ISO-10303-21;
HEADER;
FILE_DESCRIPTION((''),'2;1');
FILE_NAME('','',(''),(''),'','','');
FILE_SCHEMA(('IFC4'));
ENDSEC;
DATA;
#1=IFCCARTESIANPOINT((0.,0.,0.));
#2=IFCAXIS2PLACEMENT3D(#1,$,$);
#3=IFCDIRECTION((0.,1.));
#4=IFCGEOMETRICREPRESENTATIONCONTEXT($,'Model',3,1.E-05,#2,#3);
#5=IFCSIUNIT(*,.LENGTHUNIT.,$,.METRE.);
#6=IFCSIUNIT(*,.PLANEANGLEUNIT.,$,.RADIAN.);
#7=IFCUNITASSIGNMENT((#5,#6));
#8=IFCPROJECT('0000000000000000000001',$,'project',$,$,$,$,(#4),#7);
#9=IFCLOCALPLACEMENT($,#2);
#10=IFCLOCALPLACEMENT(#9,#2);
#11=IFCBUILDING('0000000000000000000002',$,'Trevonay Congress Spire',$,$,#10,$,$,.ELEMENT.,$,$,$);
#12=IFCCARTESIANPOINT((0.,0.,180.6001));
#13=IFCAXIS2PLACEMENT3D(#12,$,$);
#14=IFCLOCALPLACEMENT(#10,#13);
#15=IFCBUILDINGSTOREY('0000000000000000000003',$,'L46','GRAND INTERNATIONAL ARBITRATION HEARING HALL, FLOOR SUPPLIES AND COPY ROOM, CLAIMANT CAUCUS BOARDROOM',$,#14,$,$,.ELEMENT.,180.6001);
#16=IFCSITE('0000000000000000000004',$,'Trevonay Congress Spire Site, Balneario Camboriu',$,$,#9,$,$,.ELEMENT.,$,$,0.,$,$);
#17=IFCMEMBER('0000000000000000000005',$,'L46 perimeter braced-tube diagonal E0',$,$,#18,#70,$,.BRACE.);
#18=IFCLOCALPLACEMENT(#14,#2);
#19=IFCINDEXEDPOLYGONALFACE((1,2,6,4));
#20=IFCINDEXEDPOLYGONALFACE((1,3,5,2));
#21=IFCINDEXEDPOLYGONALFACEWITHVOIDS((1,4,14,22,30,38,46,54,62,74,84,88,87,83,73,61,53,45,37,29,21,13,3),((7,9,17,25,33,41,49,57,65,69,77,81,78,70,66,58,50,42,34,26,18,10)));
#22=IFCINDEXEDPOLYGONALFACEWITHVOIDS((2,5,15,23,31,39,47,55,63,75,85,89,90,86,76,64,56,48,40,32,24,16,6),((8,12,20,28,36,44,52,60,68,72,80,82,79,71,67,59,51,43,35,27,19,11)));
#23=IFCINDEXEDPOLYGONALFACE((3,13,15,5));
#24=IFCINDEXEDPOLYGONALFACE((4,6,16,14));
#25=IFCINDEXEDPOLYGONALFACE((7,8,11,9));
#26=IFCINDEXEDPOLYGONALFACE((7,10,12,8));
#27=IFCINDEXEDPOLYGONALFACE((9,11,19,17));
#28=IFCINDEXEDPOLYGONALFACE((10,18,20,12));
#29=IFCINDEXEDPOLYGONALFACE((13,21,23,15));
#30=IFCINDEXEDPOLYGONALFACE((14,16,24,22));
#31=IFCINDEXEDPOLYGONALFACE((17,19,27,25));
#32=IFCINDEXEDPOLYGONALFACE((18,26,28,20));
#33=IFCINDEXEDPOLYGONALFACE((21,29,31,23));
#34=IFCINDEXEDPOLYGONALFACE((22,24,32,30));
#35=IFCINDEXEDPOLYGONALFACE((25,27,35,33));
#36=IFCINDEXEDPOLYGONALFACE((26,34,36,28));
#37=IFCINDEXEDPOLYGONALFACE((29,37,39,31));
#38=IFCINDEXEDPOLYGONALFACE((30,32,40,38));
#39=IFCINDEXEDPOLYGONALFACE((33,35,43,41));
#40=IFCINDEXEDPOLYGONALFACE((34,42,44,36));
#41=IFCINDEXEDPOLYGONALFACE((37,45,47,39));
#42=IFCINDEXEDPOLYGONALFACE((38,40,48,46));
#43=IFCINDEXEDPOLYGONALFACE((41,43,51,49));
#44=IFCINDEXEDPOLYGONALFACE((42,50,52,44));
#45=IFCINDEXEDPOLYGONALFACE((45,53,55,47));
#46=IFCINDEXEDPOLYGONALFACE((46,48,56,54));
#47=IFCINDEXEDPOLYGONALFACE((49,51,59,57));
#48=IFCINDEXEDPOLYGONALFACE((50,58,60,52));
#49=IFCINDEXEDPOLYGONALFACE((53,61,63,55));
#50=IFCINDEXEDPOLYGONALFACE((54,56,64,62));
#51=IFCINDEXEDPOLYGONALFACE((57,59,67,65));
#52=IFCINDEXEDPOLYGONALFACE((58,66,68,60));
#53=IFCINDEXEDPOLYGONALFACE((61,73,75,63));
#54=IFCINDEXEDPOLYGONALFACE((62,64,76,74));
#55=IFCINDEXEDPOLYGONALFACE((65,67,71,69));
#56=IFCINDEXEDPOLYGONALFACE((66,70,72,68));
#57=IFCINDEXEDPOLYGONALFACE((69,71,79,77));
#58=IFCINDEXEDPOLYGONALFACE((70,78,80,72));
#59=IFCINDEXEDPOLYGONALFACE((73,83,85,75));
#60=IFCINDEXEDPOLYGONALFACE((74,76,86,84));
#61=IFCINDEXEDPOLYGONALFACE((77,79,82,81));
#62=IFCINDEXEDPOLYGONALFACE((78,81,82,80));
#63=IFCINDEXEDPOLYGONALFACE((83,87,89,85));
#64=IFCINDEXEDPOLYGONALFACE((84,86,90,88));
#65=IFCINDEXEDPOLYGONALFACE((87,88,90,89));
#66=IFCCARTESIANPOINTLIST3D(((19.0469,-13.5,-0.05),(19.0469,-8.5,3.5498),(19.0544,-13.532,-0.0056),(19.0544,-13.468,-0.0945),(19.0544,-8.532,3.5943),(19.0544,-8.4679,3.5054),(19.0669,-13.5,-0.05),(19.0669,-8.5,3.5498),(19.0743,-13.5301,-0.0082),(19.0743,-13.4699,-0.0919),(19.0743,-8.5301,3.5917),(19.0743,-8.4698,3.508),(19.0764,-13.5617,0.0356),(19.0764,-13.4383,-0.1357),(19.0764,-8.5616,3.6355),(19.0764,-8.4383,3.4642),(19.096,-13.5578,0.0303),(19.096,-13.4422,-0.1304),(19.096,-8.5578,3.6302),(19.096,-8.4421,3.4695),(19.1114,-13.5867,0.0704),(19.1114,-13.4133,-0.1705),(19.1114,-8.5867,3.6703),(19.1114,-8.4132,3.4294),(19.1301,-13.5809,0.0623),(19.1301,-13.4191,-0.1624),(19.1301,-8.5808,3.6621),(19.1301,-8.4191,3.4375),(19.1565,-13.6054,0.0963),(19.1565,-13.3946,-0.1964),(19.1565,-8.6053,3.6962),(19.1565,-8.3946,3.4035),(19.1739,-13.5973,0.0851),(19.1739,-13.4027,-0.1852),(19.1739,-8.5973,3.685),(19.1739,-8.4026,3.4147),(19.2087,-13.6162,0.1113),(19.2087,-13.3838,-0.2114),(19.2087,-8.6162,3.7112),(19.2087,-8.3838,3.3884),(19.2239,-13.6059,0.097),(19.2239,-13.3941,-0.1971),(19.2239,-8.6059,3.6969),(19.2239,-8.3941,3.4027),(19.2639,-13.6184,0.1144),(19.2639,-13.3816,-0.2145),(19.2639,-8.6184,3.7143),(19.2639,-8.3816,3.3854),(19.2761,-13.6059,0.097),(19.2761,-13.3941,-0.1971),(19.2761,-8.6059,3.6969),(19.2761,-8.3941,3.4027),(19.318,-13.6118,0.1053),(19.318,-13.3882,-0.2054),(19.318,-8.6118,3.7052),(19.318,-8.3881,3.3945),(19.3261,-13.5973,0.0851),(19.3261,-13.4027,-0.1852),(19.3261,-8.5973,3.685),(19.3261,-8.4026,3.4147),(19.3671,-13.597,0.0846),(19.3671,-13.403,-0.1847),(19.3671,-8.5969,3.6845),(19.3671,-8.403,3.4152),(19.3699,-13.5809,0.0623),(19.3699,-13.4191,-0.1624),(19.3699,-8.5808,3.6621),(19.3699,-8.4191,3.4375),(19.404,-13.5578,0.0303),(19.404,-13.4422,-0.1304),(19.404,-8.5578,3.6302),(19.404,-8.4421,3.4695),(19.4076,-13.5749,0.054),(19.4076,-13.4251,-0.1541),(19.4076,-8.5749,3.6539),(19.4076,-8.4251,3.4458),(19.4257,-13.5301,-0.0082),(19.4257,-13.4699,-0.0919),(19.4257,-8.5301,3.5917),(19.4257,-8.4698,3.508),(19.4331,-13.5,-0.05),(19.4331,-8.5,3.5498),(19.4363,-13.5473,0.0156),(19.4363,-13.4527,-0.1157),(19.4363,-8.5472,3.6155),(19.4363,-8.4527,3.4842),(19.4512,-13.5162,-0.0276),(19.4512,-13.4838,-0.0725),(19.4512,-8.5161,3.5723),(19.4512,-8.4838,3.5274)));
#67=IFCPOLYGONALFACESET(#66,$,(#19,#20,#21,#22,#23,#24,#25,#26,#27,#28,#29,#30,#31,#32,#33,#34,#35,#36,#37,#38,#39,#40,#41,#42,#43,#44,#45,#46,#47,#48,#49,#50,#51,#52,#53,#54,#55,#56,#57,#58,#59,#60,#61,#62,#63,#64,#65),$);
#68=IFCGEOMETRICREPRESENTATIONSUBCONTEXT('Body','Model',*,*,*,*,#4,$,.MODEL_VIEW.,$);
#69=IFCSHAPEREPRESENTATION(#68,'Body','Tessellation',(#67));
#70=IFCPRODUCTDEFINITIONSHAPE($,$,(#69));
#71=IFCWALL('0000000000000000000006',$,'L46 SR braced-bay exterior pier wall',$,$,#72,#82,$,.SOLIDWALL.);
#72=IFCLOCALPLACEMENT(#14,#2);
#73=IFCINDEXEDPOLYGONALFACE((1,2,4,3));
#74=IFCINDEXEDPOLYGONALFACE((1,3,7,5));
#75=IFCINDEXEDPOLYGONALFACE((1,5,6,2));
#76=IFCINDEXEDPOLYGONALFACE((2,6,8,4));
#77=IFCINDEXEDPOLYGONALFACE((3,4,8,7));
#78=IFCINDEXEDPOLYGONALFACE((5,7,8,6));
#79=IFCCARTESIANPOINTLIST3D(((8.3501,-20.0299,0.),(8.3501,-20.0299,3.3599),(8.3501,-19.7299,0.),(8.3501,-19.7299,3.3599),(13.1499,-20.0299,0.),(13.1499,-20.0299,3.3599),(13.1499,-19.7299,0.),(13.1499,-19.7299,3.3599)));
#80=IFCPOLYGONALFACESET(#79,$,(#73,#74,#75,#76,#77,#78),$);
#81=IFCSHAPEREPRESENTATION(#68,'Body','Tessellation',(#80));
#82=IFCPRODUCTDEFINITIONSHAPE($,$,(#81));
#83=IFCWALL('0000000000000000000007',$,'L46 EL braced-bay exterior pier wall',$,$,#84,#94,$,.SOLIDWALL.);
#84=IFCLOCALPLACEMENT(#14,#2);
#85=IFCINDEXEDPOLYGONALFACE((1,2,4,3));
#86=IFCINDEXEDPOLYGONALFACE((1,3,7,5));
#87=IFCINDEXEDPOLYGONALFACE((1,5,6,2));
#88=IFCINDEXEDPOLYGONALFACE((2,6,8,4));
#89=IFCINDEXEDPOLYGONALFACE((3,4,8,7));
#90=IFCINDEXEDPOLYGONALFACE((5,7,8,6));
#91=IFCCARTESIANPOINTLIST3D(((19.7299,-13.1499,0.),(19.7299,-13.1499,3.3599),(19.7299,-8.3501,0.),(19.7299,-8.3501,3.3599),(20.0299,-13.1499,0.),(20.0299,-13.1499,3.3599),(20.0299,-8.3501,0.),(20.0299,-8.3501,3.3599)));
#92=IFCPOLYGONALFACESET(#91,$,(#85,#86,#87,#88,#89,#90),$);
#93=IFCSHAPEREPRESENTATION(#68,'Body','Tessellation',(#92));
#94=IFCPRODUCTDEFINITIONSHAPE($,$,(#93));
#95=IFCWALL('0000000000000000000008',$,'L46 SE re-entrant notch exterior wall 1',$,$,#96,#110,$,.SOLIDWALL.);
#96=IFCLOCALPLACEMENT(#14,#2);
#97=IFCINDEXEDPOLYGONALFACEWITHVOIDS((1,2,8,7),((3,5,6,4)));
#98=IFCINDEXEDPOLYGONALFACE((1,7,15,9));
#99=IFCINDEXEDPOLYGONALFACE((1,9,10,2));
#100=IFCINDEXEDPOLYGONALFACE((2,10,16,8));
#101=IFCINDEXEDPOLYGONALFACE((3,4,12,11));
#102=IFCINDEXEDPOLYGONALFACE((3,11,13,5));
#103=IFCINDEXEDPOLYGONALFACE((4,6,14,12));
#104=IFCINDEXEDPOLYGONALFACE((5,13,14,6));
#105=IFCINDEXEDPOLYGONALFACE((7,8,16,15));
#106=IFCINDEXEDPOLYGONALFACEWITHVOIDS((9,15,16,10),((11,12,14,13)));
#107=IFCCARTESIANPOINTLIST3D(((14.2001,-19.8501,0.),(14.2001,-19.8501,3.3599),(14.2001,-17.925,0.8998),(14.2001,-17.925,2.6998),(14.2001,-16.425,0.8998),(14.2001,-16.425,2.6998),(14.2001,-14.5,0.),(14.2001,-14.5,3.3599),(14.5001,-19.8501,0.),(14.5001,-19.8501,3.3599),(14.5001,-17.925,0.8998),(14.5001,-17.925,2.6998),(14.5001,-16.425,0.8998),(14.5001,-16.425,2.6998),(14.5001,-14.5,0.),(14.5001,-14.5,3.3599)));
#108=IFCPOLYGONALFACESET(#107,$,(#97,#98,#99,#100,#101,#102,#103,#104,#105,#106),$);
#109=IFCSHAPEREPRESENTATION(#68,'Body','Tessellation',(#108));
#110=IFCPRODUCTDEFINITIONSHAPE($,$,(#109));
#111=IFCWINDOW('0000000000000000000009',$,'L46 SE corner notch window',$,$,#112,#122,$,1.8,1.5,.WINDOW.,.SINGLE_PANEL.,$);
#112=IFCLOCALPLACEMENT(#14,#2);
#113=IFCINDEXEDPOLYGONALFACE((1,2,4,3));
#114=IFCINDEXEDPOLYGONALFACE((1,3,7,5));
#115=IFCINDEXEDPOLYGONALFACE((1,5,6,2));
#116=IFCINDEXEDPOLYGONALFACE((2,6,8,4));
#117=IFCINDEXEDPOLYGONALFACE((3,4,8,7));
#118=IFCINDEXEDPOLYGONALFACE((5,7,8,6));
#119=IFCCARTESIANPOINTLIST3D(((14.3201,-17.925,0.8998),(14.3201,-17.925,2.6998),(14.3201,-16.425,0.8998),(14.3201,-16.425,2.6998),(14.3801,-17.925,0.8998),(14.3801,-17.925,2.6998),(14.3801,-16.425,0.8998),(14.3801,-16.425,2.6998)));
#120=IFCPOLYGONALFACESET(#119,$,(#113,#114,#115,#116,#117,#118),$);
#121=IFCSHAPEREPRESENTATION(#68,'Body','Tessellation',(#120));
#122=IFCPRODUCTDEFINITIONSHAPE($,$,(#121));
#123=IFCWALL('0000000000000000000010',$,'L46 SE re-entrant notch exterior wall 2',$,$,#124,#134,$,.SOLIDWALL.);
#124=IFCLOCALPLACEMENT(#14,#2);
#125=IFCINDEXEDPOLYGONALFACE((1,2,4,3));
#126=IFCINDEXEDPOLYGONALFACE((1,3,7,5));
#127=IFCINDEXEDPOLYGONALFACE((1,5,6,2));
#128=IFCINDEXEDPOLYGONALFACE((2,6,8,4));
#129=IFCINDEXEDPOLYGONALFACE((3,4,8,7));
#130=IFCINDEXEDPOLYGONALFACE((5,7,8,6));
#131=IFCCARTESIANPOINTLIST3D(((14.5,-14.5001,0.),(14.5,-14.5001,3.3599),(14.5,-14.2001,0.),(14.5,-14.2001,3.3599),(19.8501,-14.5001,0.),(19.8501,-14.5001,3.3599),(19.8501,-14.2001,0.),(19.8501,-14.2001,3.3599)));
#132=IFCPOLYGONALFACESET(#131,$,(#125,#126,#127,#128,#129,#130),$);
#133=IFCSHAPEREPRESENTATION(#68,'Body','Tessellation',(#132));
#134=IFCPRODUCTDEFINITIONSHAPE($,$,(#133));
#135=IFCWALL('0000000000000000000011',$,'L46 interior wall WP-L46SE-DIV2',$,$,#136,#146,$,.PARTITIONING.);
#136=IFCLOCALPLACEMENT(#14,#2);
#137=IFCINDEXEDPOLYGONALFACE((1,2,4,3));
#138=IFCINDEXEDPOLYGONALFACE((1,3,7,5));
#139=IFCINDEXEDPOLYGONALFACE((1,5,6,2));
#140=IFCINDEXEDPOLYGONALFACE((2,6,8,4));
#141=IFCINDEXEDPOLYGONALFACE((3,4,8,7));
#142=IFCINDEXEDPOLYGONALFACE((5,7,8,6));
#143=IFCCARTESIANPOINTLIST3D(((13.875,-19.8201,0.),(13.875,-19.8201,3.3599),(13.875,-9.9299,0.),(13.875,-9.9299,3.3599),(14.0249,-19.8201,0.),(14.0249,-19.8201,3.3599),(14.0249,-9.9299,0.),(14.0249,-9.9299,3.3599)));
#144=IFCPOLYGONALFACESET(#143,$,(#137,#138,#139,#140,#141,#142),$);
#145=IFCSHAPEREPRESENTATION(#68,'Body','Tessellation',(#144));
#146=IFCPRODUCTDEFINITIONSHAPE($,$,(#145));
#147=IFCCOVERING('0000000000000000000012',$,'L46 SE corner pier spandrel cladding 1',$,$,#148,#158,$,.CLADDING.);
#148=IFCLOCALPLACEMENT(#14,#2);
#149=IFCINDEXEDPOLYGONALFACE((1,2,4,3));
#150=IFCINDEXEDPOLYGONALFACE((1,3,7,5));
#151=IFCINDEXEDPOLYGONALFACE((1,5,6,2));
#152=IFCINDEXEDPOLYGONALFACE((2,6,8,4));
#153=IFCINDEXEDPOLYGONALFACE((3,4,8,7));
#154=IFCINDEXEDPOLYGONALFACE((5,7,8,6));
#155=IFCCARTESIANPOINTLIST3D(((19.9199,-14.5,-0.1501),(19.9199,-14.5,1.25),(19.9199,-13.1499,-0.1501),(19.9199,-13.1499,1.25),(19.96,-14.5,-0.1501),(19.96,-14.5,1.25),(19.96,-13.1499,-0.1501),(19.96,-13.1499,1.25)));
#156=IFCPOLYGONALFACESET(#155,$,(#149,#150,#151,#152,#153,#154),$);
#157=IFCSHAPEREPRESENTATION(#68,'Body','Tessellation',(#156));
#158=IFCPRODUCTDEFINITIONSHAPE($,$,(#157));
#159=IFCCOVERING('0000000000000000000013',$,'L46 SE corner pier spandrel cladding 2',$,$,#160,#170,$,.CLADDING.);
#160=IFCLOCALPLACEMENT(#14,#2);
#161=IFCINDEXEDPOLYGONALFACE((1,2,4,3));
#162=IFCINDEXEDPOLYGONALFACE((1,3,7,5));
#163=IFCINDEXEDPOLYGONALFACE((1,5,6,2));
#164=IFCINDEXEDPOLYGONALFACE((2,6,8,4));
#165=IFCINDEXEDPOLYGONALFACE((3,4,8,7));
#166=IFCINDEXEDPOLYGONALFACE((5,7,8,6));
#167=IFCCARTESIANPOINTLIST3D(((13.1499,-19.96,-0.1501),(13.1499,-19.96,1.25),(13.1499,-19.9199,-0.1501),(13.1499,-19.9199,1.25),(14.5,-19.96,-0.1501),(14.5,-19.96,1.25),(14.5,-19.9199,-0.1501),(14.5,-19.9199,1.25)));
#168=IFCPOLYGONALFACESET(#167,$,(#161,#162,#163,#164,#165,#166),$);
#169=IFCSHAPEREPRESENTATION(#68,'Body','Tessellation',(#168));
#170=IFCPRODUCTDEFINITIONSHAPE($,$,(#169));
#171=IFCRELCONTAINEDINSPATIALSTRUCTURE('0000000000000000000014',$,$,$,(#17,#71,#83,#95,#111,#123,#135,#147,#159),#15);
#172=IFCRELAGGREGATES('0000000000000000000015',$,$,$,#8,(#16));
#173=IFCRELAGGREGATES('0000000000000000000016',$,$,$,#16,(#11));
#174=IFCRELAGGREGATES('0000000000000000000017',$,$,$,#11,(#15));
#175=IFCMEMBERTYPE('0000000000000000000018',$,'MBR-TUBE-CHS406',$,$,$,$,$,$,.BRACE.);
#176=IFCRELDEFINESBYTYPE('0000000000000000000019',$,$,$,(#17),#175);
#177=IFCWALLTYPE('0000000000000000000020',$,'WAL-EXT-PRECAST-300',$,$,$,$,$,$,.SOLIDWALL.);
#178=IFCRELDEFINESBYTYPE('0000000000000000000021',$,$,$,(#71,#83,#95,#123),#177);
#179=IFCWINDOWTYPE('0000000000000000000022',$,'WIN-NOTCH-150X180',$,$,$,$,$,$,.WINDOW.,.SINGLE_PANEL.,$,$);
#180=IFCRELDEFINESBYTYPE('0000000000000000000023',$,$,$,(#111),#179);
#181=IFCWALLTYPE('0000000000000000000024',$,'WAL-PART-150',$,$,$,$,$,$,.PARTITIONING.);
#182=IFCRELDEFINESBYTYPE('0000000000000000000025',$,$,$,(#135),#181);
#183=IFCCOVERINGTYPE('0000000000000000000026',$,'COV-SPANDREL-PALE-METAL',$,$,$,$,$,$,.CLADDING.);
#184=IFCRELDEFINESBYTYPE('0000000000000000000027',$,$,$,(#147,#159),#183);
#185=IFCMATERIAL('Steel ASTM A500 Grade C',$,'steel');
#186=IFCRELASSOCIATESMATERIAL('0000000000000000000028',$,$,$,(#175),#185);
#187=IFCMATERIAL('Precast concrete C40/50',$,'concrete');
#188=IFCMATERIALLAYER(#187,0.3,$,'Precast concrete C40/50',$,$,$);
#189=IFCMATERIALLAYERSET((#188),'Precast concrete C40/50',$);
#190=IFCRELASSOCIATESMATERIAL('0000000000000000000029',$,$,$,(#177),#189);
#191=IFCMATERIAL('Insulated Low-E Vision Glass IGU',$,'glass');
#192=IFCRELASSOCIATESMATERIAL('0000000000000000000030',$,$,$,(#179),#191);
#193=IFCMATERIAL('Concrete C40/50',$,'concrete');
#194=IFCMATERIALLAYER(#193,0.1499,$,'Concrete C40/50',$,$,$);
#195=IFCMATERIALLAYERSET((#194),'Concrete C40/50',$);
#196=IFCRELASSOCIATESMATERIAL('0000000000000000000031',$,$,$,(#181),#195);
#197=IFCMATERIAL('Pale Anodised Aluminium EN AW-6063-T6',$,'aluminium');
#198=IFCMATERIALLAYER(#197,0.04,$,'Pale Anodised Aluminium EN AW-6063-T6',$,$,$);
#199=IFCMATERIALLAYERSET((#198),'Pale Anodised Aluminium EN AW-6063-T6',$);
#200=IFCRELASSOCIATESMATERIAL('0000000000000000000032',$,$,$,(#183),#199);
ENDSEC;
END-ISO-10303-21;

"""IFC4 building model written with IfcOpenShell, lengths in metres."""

from ifc_helpers import new_model, si_unit, direction, frame, frame_2d, origin, origin_2d, place, context, subcontext, project, spatial, rectangle, hollow_circle, extrude, material, layer, layer_set, material_profile, profile_set, type_object, element, fill, save


model = new_model("IFC4")

# Units and contexts
model_context = context("Model", 3, precision=1e-05, world=origin(), true_north=direction((0.0, 1.0)))
body_context = subcontext(model_context, "Body", "Model", "MODEL_VIEW")
ifc_project = project(units=[si_unit("LENGTHUNIT", "METRE"), si_unit("PLANEANGLEUNIT", "RADIAN")], contexts=[model_context])

# Site, building, storey
site_placement = place(None, origin())
site = spatial("IfcSite", under=ifc_project, at=site_placement, Name="Trevonay Congress Spire Site, Balneario Camboriu", CompositionType="ELEMENT", RefElevation=0.0)
building_placement = place(site_placement, origin())
building = spatial("IfcBuilding", under=site, at=building_placement, Name="Trevonay Congress Spire", CompositionType="ELEMENT")
storey_placement = place(building_placement, frame((0.0, 0.0, 180.6001)))
storey = spatial("IfcBuildingStorey", under=building, at=storey_placement, Name="L46", Description="GRAND INTERNATIONAL ARBITRATION HEARING HALL, FLOOR SUPPLIES AND COPY ROOM, CLAIMANT CAUCUS BOARDROOM", CompositionType="ELEMENT", Elevation=180.6001)

# Shared definitions
ifc_material_1 = material(Name="Pale Anodised Aluminium EN AW-6063-T6", Category="aluminium")

# Member
ifc_material_2 = material(Name="Steel ASTM A500 Grade C", Category="steel")
ifc_material_profile_1 = material_profile(ifc_material_2, hollow_circle(Radius=0.2031, WallThickness=0.02, at=origin_2d()), Name="CHS 406.4x20")
ifc_profile_set_1 = profile_set([ifc_material_profile_1], Name="Steel ASTM A500 Grade C")
member_type_1 = type_object("IfcMemberType", Name="MBR-TUBE-CHS406", PredefinedType="BRACE", material=ifc_profile_set_1)
for number, where, z_axis, x_axis, name in (
    (1, (19.25, -13.5, -0.05), (0.0, 0.811546, 0.584289), (-1.0, 0.0, 0.0), "L46 perimeter braced-tube diagonal E0"),
):
    element("IfcMember", number, at=place(storey_placement, frame(where, z_axis=z_axis, x_axis=x_axis)), inside=storey, type_object=member_type_1, Name=name, PredefinedType="BRACE", context=body_context, shape_type="SweptSolid", body=[
        extrude(hollow_circle(Radius=0.2031, WallThickness=0.02, at=origin_2d()), origin(), (0.0, 0.0, 1.0), 6.1611),
    ])

# Walls
ifc_material_3 = material(Name="Precast concrete C40/50", Category="concrete")
ifc_layer_1 = layer(ifc_material_3, 0.3, Name="Precast concrete C40/50")
ifc_layer_set_1 = layer_set([ifc_layer_1], Name="Precast concrete C40/50")
wall_type_1 = type_object("IfcWallType", Name="WAL-EXT-PRECAST-300", PredefinedType="SOLIDWALL", material=ifc_layer_set_1)
for number, where, z_axis, x_axis, name in (
    (2, (8.3501, -19.8799, 0.0), (0.0, 0.0, 1.0), (1.0, 0.0, 0.0), "L46 SR braced-bay exterior pier wall"),
    (3, (19.8799, -13.1499, 0.0), (0.0, 0.0, 1.0), (0.0, 1.0, 0.0), "L46 EL braced-bay exterior pier wall"),
):
    element("IfcWall", number, at=place(storey_placement, frame(where, z_axis=z_axis, x_axis=x_axis)), inside=storey, type_object=wall_type_1, Name=name, PredefinedType="SOLIDWALL", context=body_context, shape_type="SweptSolid", body=[
        extrude(rectangle(XDim=4.7998, YDim=0.3, at=frame_2d((2.3999, 0.0))), origin(), (0.0, 0.0, 1.0), 3.3599),
    ])

# Wall, opening, window
wall_1_placement = place(storey_placement, frame((14.3501, -19.8501, 0.0), z_axis=(0.0, 0.0, 1.0), x_axis=(0.0, 1.0, 0.0)))
wall_1 = element("IfcWall", 4, at=wall_1_placement, inside=storey, type_object=wall_type_1, Name="L46 SE re-entrant notch exterior wall 1", PredefinedType="SOLIDWALL", context=body_context, shape_type="SweptSolid", body=[
    extrude(rectangle(XDim=5.3501, YDim=0.3, at=frame_2d((2.675, 0.0))), origin(), (0.0, 0.0, 1.0), 3.3599),
])
opening_placement = place(wall_1_placement, frame((1.925, 0.0, 0.8999)))
opening = element("IfcOpeningElement", 5, at=opening_placement, cuts=wall_1, PredefinedType="OPENING", context=body_context, shape_type="SweptSolid", body=[
    extrude(rectangle(XDim=1.5, YDim=1.8, at=frame_2d((0.75, 0.8999))), frame((0.0, 0.1602, 0.0), z_axis=(0.0, -1.0, 0.0), x_axis=(1.0, 0.0, 0.0)), (0.0, 0.0, 1.0), 0.3201),
])
ifc_material_4 = material(Name="Insulated Low-E Vision Glass IGU", Category="glass")
window_type = type_object("IfcWindowType", Name="WIN-NOTCH-150X180", PartitioningType="SINGLE_PANEL", PredefinedType="WINDOW", material=ifc_material_4)
window_placement = place(opening_placement, origin())
window = element("IfcWindow", 6, at=window_placement, inside=storey, type_object=window_type, Name="L46 SE corner notch window", OverallHeight=1.8, OverallWidth=1.5, PartitioningType="SINGLE_PANEL", PredefinedType="WINDOW", context=body_context, shape_type="SweptSolid", body=[
    extrude(rectangle(XDim=1.5, YDim=1.8, at=frame_2d((0.75, 0.8999))), frame((0.0, 0.03, 0.0), z_axis=(0.0, -1.0, 0.0), x_axis=(1.0, 0.0, 0.0)), (0.0, 0.0, 1.0), 0.0601),
])
fill(opening, window)

# Walls
wall_2_placement = place(storey_placement, frame((19.8501, -14.3501, 0.0), z_axis=(0.0, 0.0, 1.0), x_axis=(-1.0, 0.0, 0.0)))
element("IfcWall", 7, at=wall_2_placement, inside=storey, type_object=wall_type_1, Name="L46 SE re-entrant notch exterior wall 2", PredefinedType="SOLIDWALL", context=body_context, shape_type="SweptSolid", body=[
    extrude(rectangle(XDim=5.3501, YDim=0.3, at=frame_2d((2.675, 0.0))), origin(), (0.0, 0.0, 1.0), 3.3599),
])
ifc_material_5 = material(Name="Concrete C40/50", Category="concrete")
ifc_layer_2 = layer(ifc_material_5, 0.1499, Name="Concrete C40/50")
ifc_layer_set_2 = layer_set([ifc_layer_2], Name="Concrete C40/50")
wall_type_2 = type_object("IfcWallType", Name="WAL-PART-150", PredefinedType="PARTITIONING", material=ifc_layer_set_2)
wall_3_placement = place(storey_placement, frame((13.95, -19.8201, 0.0), z_axis=(0.0, 0.0, 1.0), x_axis=(0.0, 1.0, 0.0)))
element("IfcWall", 8, at=wall_3_placement, inside=storey, type_object=wall_type_2, Name="L46 interior wall WP-L46SE-DIV2", PredefinedType="PARTITIONING", context=body_context, shape_type="SweptSolid", body=[
    extrude(rectangle(XDim=9.8901, YDim=0.1499, at=frame_2d((4.9451, 0.0))), origin(), (0.0, 0.0, 1.0), 3.3599),
])

# Coverings
ifc_layer_3 = layer(ifc_material_1, 0.04, Name="Pale Anodised Aluminium EN AW-6063-T6")
ifc_layer_set_3 = layer_set([ifc_layer_3], Name="Pale Anodised Aluminium EN AW-6063-T6")
covering_type = type_object("IfcCoveringType", Name="COV-SPANDREL-PALE-METAL", PredefinedType="CLADDING", material=ifc_layer_set_3)
for number, where, z_axis, x_axis, name in (
    (9, (19.9399, -13.1499, -0.1501), (0.0, 0.0, 1.0), (0.0, -1.0, 0.0), "L46 SE corner pier spandrel cladding 1"),
    (10, (13.1499, -19.9399, -0.1501), (0.0, 0.0, 1.0), (1.0, 0.0, 0.0), "L46 SE corner pier spandrel cladding 2"),
):
    element("IfcCovering", number, at=place(storey_placement, frame(where, z_axis=z_axis, x_axis=x_axis)), inside=storey, type_object=covering_type, Name=name, PredefinedType="CLADDING", context=body_context, shape_type="SweptSolid", body=[
        extrude(rectangle(XDim=1.3501, YDim=0.04, at=frame_2d((0.675, 0.0))), origin(), (0.0, 0.0, 1.0), 1.4001),
    ])

save(model, "model.ifc")
